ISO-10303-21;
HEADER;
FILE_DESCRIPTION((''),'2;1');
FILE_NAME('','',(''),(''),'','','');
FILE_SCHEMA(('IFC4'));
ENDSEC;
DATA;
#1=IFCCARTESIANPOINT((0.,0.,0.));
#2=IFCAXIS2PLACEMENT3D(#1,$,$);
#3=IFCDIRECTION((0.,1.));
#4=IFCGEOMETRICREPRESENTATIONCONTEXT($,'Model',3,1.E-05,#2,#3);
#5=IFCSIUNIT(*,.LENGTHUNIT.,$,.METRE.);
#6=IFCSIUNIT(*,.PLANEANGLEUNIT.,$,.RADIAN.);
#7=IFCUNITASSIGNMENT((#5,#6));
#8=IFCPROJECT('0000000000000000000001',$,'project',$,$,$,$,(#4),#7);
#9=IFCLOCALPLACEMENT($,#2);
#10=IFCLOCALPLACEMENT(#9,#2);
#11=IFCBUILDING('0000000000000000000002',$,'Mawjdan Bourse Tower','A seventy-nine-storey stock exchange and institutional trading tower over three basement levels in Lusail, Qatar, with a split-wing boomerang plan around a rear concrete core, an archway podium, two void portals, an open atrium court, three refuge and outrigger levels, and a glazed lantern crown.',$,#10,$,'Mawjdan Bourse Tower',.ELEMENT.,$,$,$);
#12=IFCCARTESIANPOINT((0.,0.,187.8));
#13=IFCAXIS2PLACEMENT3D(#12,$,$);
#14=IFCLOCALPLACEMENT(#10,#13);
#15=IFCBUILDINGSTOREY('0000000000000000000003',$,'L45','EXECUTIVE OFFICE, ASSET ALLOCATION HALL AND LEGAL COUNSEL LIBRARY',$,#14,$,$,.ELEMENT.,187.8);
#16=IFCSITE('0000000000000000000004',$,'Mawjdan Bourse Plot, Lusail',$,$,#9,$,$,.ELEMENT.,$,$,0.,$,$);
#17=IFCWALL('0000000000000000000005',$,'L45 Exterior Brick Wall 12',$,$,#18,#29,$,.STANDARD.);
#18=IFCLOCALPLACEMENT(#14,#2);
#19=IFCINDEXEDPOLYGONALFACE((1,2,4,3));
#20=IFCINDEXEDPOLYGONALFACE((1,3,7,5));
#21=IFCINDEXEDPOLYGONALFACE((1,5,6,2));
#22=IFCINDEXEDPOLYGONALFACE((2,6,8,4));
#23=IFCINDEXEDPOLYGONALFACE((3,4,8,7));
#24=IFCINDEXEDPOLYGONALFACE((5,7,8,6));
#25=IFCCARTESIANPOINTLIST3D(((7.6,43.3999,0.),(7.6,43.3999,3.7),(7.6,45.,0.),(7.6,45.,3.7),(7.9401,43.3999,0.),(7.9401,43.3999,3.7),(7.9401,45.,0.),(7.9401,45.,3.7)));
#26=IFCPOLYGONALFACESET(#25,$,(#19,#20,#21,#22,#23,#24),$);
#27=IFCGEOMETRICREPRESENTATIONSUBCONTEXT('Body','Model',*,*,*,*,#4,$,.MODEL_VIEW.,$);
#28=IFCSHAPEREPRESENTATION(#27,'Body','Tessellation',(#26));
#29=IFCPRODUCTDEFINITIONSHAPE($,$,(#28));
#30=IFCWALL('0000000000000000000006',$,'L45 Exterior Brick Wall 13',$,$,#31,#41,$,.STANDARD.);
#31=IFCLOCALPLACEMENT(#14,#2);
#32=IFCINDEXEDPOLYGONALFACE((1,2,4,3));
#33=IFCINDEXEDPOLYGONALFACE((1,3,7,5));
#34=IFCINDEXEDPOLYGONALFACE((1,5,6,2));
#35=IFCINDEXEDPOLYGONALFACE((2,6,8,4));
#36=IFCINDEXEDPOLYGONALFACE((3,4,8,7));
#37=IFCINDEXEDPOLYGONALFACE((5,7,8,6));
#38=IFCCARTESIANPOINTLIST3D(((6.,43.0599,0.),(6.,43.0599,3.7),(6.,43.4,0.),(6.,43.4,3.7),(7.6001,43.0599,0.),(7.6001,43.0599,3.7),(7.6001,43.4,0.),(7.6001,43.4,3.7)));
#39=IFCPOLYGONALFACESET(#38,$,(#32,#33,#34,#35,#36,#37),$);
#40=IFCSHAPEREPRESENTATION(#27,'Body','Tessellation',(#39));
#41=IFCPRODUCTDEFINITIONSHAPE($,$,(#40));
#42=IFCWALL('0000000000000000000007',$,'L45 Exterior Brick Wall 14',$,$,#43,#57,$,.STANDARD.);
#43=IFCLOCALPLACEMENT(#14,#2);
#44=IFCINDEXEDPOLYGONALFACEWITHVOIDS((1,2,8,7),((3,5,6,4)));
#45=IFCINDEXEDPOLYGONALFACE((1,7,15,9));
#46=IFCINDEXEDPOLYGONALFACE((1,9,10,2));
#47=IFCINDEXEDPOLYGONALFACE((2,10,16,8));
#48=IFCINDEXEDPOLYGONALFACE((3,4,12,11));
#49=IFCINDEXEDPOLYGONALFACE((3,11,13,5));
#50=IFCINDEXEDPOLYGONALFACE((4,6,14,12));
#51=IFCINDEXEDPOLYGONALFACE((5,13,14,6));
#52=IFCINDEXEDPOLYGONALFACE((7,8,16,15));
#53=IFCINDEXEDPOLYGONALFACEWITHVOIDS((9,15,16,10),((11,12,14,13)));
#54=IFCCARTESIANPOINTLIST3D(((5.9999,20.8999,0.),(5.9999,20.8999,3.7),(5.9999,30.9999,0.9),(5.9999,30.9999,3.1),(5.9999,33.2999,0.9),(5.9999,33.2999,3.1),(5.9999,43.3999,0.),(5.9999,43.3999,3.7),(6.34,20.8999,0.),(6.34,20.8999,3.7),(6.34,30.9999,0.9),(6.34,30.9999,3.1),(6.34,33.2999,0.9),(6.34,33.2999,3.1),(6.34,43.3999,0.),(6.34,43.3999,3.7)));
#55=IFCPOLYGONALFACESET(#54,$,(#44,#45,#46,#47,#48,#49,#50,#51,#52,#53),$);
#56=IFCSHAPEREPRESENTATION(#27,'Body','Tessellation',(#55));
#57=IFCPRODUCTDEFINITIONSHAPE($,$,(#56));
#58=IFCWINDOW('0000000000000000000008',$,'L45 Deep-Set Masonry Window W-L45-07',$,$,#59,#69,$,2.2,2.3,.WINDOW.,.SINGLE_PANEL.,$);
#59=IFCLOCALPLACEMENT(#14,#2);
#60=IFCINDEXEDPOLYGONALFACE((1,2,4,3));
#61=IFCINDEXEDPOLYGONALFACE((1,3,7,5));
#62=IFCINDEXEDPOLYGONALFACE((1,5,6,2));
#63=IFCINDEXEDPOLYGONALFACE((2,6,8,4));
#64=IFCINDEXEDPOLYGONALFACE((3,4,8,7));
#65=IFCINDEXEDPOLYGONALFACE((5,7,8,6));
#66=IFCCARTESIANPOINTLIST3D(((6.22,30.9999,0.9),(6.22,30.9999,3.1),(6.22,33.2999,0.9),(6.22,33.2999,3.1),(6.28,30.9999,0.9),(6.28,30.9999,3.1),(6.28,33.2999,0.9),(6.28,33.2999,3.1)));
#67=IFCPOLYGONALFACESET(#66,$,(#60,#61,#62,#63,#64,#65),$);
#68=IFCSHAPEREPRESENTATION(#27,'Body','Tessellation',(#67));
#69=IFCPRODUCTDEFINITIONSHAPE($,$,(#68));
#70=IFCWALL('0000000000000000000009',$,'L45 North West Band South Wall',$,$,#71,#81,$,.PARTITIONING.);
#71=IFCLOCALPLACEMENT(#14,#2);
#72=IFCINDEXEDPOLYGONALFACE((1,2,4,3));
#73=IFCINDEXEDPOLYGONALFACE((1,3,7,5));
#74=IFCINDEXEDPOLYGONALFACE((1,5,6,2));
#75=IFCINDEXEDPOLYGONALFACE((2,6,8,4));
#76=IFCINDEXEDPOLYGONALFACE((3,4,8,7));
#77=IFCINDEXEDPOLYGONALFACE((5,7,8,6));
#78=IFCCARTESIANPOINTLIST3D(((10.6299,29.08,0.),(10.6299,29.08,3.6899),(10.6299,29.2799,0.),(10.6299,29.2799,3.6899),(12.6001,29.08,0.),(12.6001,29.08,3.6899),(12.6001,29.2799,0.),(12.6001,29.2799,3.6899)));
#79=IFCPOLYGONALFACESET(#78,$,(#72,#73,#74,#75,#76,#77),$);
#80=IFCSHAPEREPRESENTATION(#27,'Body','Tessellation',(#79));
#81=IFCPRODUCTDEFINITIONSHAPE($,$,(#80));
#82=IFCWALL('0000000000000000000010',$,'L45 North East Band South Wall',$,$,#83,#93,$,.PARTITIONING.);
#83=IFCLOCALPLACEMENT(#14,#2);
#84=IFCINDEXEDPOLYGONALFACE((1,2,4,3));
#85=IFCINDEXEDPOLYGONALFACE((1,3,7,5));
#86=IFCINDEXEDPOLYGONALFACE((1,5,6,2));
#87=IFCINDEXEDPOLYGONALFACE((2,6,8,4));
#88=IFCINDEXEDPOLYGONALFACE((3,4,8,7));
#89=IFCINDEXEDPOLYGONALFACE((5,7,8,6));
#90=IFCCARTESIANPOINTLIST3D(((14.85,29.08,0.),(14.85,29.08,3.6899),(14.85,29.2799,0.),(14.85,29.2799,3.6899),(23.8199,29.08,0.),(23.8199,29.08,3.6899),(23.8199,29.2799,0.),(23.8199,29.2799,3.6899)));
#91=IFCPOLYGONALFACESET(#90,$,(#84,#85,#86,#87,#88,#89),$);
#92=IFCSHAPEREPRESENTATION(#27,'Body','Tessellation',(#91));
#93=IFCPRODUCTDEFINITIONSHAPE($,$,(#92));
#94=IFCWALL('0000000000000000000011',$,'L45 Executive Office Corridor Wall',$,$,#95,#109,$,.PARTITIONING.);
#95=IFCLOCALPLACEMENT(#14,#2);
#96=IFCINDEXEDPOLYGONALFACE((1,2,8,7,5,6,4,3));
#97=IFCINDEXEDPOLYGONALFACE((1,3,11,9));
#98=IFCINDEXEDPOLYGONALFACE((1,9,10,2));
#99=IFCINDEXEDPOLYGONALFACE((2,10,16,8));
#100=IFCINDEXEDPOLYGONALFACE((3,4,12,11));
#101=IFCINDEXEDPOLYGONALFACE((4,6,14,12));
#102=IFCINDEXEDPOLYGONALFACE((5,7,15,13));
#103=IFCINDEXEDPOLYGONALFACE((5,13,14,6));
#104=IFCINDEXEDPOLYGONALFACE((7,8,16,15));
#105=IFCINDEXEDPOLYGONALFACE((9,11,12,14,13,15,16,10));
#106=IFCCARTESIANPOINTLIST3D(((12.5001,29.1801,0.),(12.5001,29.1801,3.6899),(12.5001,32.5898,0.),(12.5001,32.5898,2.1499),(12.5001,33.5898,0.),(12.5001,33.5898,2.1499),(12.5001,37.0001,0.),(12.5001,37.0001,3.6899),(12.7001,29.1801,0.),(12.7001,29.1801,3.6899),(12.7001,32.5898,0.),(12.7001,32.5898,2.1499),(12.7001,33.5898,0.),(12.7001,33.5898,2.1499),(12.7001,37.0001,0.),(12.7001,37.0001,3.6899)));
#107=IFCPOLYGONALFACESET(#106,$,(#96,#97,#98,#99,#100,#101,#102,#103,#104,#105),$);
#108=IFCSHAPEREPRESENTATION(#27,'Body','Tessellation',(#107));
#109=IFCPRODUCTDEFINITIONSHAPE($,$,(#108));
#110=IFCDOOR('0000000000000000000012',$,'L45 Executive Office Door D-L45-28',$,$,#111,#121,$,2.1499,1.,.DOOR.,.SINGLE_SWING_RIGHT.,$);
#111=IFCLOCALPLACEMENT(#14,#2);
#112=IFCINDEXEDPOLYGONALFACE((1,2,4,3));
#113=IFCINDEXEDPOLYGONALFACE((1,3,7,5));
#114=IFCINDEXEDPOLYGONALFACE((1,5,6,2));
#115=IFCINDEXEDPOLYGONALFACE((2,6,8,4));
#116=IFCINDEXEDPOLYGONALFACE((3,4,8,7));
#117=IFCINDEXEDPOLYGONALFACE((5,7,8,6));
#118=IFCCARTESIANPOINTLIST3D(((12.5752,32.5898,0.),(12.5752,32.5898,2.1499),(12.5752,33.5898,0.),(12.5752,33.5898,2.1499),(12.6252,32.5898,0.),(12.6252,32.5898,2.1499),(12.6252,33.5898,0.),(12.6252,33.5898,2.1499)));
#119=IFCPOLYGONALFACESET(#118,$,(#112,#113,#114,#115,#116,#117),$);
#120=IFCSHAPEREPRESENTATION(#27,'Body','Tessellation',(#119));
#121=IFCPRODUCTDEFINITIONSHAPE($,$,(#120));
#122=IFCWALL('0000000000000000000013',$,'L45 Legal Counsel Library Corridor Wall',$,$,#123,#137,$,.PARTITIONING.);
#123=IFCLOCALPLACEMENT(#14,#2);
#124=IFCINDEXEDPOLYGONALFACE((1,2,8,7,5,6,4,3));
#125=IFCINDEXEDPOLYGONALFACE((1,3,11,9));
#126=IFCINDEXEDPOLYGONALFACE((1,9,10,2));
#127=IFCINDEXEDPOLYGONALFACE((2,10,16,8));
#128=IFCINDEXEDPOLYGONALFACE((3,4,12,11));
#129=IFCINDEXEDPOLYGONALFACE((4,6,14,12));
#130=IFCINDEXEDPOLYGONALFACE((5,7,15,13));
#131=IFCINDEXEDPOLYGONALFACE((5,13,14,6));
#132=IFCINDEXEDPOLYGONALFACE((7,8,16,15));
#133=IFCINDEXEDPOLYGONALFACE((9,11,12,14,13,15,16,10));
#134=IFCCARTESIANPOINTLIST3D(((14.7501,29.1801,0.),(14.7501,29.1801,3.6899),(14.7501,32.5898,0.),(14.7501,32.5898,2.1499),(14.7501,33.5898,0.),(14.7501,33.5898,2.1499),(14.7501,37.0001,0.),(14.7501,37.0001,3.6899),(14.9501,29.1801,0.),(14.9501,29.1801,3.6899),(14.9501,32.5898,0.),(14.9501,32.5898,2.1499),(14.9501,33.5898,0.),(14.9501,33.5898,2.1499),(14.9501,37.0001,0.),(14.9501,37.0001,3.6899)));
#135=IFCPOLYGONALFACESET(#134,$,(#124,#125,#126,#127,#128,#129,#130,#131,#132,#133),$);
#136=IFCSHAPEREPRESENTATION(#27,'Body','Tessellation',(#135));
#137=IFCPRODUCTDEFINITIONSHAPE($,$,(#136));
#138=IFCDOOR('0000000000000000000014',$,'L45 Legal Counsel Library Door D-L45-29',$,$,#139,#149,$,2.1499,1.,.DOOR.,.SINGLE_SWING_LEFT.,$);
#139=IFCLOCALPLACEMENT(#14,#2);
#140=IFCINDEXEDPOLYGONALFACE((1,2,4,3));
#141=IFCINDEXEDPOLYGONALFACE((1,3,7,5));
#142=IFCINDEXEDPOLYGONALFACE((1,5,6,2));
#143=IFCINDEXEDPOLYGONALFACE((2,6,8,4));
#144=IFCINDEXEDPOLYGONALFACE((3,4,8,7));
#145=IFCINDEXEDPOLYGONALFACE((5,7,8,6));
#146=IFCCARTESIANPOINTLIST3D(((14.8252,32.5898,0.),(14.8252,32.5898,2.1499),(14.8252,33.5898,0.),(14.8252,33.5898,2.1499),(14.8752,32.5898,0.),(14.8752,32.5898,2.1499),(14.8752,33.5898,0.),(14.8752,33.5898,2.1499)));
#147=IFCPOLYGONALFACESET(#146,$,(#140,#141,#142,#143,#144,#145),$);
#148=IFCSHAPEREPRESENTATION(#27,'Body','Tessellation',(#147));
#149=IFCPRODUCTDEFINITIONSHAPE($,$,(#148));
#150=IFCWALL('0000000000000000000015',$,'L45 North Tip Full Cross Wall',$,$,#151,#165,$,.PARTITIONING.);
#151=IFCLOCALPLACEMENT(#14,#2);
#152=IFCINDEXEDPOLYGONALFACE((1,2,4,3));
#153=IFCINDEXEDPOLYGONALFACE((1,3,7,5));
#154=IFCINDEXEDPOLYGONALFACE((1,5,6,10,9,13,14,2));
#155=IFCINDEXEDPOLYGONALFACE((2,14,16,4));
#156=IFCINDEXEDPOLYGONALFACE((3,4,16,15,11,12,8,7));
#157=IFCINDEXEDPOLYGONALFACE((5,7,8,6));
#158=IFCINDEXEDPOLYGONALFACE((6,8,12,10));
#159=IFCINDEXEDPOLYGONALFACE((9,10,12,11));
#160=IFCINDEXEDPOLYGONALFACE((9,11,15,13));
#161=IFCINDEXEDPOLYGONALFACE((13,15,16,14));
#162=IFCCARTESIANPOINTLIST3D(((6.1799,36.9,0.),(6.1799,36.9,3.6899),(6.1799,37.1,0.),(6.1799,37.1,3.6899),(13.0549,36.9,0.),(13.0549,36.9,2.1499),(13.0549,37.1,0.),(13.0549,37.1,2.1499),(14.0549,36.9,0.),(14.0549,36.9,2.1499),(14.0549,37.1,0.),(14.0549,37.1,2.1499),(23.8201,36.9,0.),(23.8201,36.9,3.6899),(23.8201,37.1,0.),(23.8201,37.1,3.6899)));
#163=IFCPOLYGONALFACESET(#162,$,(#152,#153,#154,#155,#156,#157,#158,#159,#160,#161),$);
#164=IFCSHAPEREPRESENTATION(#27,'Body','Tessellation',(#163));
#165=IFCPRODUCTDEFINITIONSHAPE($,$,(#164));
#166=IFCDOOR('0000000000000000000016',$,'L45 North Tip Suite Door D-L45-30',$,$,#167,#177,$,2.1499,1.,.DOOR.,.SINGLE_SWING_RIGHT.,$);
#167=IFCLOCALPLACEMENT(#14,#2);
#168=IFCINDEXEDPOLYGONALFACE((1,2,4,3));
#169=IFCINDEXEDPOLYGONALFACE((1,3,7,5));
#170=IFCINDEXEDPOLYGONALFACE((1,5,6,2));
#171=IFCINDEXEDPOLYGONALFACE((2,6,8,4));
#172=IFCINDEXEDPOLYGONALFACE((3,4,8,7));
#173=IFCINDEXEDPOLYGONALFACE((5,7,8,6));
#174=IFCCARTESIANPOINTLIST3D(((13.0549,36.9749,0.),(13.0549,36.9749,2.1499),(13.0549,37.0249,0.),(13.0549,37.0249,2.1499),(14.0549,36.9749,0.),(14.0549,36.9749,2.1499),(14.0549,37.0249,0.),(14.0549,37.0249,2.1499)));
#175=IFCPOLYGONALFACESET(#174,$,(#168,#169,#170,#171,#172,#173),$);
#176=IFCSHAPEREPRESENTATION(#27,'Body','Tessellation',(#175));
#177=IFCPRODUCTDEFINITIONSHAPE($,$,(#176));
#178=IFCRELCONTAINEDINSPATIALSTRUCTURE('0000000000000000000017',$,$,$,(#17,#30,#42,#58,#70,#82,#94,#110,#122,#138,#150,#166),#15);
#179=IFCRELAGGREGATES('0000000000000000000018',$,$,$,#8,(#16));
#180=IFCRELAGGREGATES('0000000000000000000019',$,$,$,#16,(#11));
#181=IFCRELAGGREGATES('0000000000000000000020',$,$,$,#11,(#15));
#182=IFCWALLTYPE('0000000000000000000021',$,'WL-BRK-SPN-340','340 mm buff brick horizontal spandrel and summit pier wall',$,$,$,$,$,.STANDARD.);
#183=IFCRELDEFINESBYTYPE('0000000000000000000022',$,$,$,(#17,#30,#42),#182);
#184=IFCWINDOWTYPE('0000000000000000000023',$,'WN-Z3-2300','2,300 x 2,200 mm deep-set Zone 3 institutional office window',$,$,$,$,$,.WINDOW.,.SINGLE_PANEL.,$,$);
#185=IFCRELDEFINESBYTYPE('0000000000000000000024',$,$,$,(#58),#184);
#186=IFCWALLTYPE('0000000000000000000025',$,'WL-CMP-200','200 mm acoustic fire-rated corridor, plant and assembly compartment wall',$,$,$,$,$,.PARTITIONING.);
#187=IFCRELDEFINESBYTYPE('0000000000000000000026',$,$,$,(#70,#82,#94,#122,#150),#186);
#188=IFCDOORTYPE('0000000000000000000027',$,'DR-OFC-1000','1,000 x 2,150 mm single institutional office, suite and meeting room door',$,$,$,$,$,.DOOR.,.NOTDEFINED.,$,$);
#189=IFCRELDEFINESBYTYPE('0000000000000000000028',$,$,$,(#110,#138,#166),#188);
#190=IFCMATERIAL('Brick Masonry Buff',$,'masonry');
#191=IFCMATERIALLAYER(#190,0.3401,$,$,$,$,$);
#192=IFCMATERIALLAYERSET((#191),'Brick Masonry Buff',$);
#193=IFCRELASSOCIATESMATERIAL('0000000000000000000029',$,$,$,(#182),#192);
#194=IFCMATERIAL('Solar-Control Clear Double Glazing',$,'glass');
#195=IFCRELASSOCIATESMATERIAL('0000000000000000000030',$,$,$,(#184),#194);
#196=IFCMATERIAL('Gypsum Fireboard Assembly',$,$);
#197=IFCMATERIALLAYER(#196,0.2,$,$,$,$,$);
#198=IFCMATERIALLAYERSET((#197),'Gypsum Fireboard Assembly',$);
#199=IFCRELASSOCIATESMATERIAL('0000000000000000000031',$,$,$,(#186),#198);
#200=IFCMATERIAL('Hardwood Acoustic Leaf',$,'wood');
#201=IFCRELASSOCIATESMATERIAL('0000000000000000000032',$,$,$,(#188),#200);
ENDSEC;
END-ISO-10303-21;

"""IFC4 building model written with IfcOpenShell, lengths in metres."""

from ifc_helpers import new_model, si_unit, direction, frame, frame_2d, origin, place, context, subcontext, project, spatial, rectangle, extrude, material, layer, layer_set, type_object, element, fill, save


model = new_model("IFC4")

# Units and contexts
model_context = context("Model", 3, precision=1e-05, world=origin(), true_north=direction((0.0, 1.0)))
body_context = subcontext(model_context, "Body", "Model", "MODEL_VIEW")
ifc_project = project(units=[si_unit("LENGTHUNIT", "METRE"), si_unit("PLANEANGLEUNIT", "RADIAN")], contexts=[model_context])

# Site, building, storey
site_placement = place(None, origin())
site = spatial("IfcSite", under=ifc_project, at=site_placement, Name="Mawjdan Bourse Plot, Lusail", CompositionType="ELEMENT", RefElevation=0.0)
building_placement = place(site_placement, origin())
building = spatial("IfcBuilding", under=site, at=building_placement, Name="Mawjdan Bourse Tower", Description="A seventy-nine-storey stock exchange and institutional trading tower over three basement levels in Lusail, Qatar, with a split-wing boomerang plan around a rear concrete core, an archway podium, two void portals, an open atrium court, three refuge and outrigger levels, and a glazed lantern crown.", LongName="Mawjdan Bourse Tower", CompositionType="ELEMENT")
storey_placement = place(building_placement, frame((0.0, 0.0, 187.8)))
storey = spatial("IfcBuildingStorey", under=building, at=storey_placement, Name="L45", Description="EXECUTIVE OFFICE, ASSET ALLOCATION HALL AND LEGAL COUNSEL LIBRARY", CompositionType="ELEMENT", Elevation=187.8)

# Walls
ifc_material_1 = material(Name="Brick Masonry Buff", Category="masonry")
ifc_layer_1 = layer(ifc_material_1, 0.3401)
ifc_layer_set_1 = layer_set([ifc_layer_1], Name="Brick Masonry Buff")
wall_type_1 = type_object("IfcWallType", Name="WL-BRK-SPN-340", Description="340 mm buff brick horizontal spandrel and summit pier wall", PredefinedType="STANDARD", material=ifc_layer_set_1)
for number, where, z_axis, x_axis, name in (
    (1, (7.77, 45.0, 0.0), (0.0, 0.0, 1.0), (0.0, -1.0, 0.0), "L45 Exterior Brick Wall 12"),
    (2, (7.6001, 43.23, 0.0), (0.0, 0.0, 1.0), (-1.0, 0.0, 0.0), "L45 Exterior Brick Wall 13"),
):
    element("IfcWall", number, at=place(storey_placement, frame(where, z_axis=z_axis, x_axis=x_axis)), inside=storey, type_object=wall_type_1, Name=name, PredefinedType="STANDARD", context=body_context, shape_type="SweptSolid", body=[
        extrude(rectangle(XDim=1.6001, YDim=0.3401, at=frame_2d((0.8, 0.0))), origin(), (0.0, 0.0, 1.0), 3.7),
    ])

# Wall, opening, window
wall_1_placement = place(storey_placement, frame((6.1699, 43.3999, 0.0), z_axis=(0.0, 0.0, 1.0), x_axis=(0.0, -1.0, 0.0)))
wall_1 = element("IfcWall", 3, at=wall_1_placement, inside=storey, type_object=wall_type_1, Name="L45 Exterior Brick Wall 14", PredefinedType="STANDARD", context=body_context, shape_type="SweptSolid", body=[
    extrude(rectangle(XDim=22.5, YDim=0.3401, at=frame_2d((11.25, 0.0))), origin(), (0.0, 0.0, 1.0), 3.7),
])
opening_1_placement = place(wall_1_placement, frame((10.1001, 0.0, 0.8999)))
opening_1 = element("IfcOpeningElement", 4, at=opening_1_placement, cuts=wall_1, PredefinedType="OPENING", context=body_context, shape_type="SweptSolid", body=[
    extrude(rectangle(XDim=2.3, YDim=2.2, at=frame_2d((1.1499, 1.1001))), frame((0.0, 0.1802, 0.0), z_axis=(0.0, -1.0, 0.0), x_axis=(1.0, 0.0, 0.0)), (0.0, 0.0, 1.0), 0.3601),
])
ifc_material_2 = material(Name="Solar-Control Clear Double Glazing", Category="glass")
window_type = type_object("IfcWindowType", Name="WN-Z3-2300", Description="2,300 x 2,200 mm deep-set Zone 3 institutional office window", PartitioningType="SINGLE_PANEL", PredefinedType="WINDOW", material=ifc_material_2)
window_placement = place(opening_1_placement, origin())
window = element("IfcWindow", 5, at=window_placement, inside=storey, type_object=window_type, Name="L45 Deep-Set Masonry Window W-L45-07", OverallHeight=2.2, OverallWidth=2.3, PartitioningType="SINGLE_PANEL", PredefinedType="WINDOW", context=body_context, shape_type="SweptSolid", body=[
    extrude(rectangle(XDim=2.3, YDim=2.2, at=frame_2d((1.1499, 1.1001))), frame((0.0, 0.1101, 0.0), z_axis=(0.0, -1.0, 0.0), x_axis=(1.0, 0.0, 0.0)), (0.0, 0.0, 1.0), 0.0601),
])
fill(opening_1, window)

# Walls
ifc_material_3 = material(Name="Gypsum Fireboard Assembly")
ifc_layer_2 = layer(ifc_material_3, 0.2)
ifc_layer_set_2 = layer_set([ifc_layer_2], Name="Gypsum Fireboard Assembly")
wall_type_2 = type_object("IfcWallType", Name="WL-CMP-200", Description="200 mm acoustic fire-rated corridor, plant and assembly compartment wall", PredefinedType="PARTITIONING", material=ifc_layer_set_2)
wall_2_placement = place(storey_placement, frame((10.6299, 29.1799, 0.0), z_axis=(0.0, 0.0, 1.0), x_axis=(1.0, 0.0, 0.0)))
element("IfcWall", 6, at=wall_2_placement, inside=storey, type_object=wall_type_2, Name="L45 North West Band South Wall", PredefinedType="PARTITIONING", context=body_context, shape_type="SweptSolid", body=[
    extrude(rectangle(XDim=1.9702, YDim=0.2, at=frame_2d((0.9851, 0.0))), origin(), (0.0, 0.0, 1.0), 3.6899),
])
wall_3_placement = place(storey_placement, frame((14.8501, 29.1799, 0.0), z_axis=(0.0, 0.0, 1.0), x_axis=(1.0, 0.0, 0.0)))
element("IfcWall", 7, at=wall_3_placement, inside=storey, type_object=wall_type_2, Name="L45 North East Band South Wall", PredefinedType="PARTITIONING", context=body_context, shape_type="SweptSolid", body=[
    extrude(rectangle(XDim=8.97, YDim=0.2, at=frame_2d((4.4849, 0.0))), origin(), (0.0, 0.0, 1.0), 3.6899),
])

# Walls, openings, doors
wall_4_placement = place(storey_placement, frame((12.6001, 29.1799, 0.0), z_axis=(0.0, 0.0, 1.0), x_axis=(0.0, 1.0, 0.0)))
wall_4 = element("IfcWall", 8, at=wall_4_placement, inside=storey, type_object=wall_type_2, Name="L45 Executive Office Corridor Wall", PredefinedType="PARTITIONING", context=body_context, shape_type="SweptSolid", body=[
    extrude(rectangle(XDim=7.8201, YDim=0.2, at=frame_2d((3.9102, 0.0))), origin(), (0.0, 0.0, 1.0), 3.6899),
])
opening_2_placement = place(wall_4_placement, frame((3.4099, 0.0, 0.0)))
opening_2 = element("IfcOpeningElement", 9, at=opening_2_placement, cuts=wall_4, PredefinedType="OPENING", context=body_context, shape_type="SweptSolid", body=[
    extrude(rectangle(XDim=1.0, YDim=2.1499, at=frame_2d((0.5, 1.075))), frame((0.0, 0.1099, 0.0), z_axis=(0.0, -1.0, 0.0), x_axis=(1.0, 0.0, 0.0)), (0.0, 0.0, 1.0), 0.22),
])
ifc_material_4 = material(Name="Hardwood Acoustic Leaf", Category="wood")
door_type = type_object("IfcDoorType", Name="DR-OFC-1000", Description="1,000 x 2,150 mm single institutional office, suite and meeting room door", OperationType="NOTDEFINED", PredefinedType="DOOR", material=ifc_material_4)
door_1_placement = place(opening_2_placement, origin())
door_1 = element("IfcDoor", 10, at=door_1_placement, inside=storey, type_object=door_type, Name="L45 Executive Office Door D-L45-28", OperationType="SINGLE_SWING_RIGHT", OverallHeight=2.1499, OverallWidth=1.0, PredefinedType="DOOR", context=body_context, shape_type="SweptSolid", body=[
    extrude(rectangle(XDim=1.0, YDim=2.1499, at=frame_2d((0.5, 1.075))), frame((0.0, 0.0249, 0.0), z_axis=(0.0, -1.0, 0.0), x_axis=(1.0, 0.0, 0.0)), (0.0, 0.0, 1.0), 0.05),
])
fill(opening_2, door_1)
wall_5_placement = place(storey_placement, frame((14.8501, 29.1799, 0.0), z_axis=(0.0, 0.0, 1.0), x_axis=(0.0, 1.0, 0.0)))
wall_5 = element("IfcWall", 11, at=wall_5_placement, inside=storey, type_object=wall_type_2, Name="L45 Legal Counsel Library Corridor Wall", PredefinedType="PARTITIONING", context=body_context, shape_type="SweptSolid", body=[
    extrude(rectangle(XDim=7.8201, YDim=0.2, at=frame_2d((3.9102, 0.0))), origin(), (0.0, 0.0, 1.0), 3.6899),
])
opening_3_placement = place(wall_5_placement, frame((3.4099, 0.0, 0.0)))
opening_3 = element("IfcOpeningElement", 12, at=opening_3_placement, cuts=wall_5, PredefinedType="OPENING", context=body_context, shape_type="SweptSolid", body=[
    extrude(rectangle(XDim=1.0, YDim=2.1499, at=frame_2d((0.5, 1.075))), frame((0.0, 0.1099, 0.0), z_axis=(0.0, -1.0, 0.0), x_axis=(1.0, 0.0, 0.0)), (0.0, 0.0, 1.0), 0.22),
])
door_2_placement = place(opening_3_placement, origin())
door_2 = element("IfcDoor", 13, at=door_2_placement, inside=storey, type_object=door_type, Name="L45 Legal Counsel Library Door D-L45-29", OperationType="SINGLE_SWING_LEFT", OverallHeight=2.1499, OverallWidth=1.0, PredefinedType="DOOR", context=body_context, shape_type="SweptSolid", body=[
    extrude(rectangle(XDim=1.0, YDim=2.1499, at=frame_2d((0.5, 1.075))), frame((0.0, 0.0249, 0.0), z_axis=(0.0, -1.0, 0.0), x_axis=(1.0, 0.0, 0.0)), (0.0, 0.0, 1.0), 0.05),
])
fill(opening_3, door_2)
wall_6_placement = place(storey_placement, frame((6.1799, 37.0, 0.0), z_axis=(0.0, 0.0, 1.0), x_axis=(1.0, 0.0, 0.0)))
wall_6 = element("IfcWall", 14, at=wall_6_placement, inside=storey, type_object=wall_type_2, Name="L45 North Tip Full Cross Wall", PredefinedType="PARTITIONING", context=body_context, shape_type="SweptSolid", body=[
    extrude(rectangle(XDim=17.6401, YDim=0.2, at=frame_2d((8.8201, 0.0))), origin(), (0.0, 0.0, 1.0), 3.6899),
])
opening_4_placement = place(wall_6_placement, frame((6.875, 0.0, 0.0)))
opening_4 = element("IfcOpeningElement", 15, at=opening_4_placement, cuts=wall_6, PredefinedType="OPENING", context=body_context, shape_type="SweptSolid", body=[
    extrude(rectangle(XDim=1.0, YDim=2.1499, at=frame_2d((0.5, 1.075))), frame((0.0, 0.1099, 0.0), z_axis=(0.0, -1.0, 0.0), x_axis=(1.0, 0.0, 0.0)), (0.0, 0.0, 1.0), 0.22),
])
door_3_placement = place(opening_4_placement, origin())
door_3 = element("IfcDoor", 16, at=door_3_placement, inside=storey, type_object=door_type, Name="L45 North Tip Suite Door D-L45-30", OperationType="SINGLE_SWING_RIGHT", OverallHeight=2.1499, OverallWidth=1.0, PredefinedType="DOOR", context=body_context, shape_type="SweptSolid", body=[
    extrude(rectangle(XDim=1.0, YDim=2.1499, at=frame_2d((0.5, 1.075))), frame((0.0, 0.0249, 0.0), z_axis=(0.0, -1.0, 0.0), x_axis=(1.0, 0.0, 0.0)), (0.0, 0.0, 1.0), 0.05),
])
fill(opening_4, door_3)

save(model, "model.ifc")
